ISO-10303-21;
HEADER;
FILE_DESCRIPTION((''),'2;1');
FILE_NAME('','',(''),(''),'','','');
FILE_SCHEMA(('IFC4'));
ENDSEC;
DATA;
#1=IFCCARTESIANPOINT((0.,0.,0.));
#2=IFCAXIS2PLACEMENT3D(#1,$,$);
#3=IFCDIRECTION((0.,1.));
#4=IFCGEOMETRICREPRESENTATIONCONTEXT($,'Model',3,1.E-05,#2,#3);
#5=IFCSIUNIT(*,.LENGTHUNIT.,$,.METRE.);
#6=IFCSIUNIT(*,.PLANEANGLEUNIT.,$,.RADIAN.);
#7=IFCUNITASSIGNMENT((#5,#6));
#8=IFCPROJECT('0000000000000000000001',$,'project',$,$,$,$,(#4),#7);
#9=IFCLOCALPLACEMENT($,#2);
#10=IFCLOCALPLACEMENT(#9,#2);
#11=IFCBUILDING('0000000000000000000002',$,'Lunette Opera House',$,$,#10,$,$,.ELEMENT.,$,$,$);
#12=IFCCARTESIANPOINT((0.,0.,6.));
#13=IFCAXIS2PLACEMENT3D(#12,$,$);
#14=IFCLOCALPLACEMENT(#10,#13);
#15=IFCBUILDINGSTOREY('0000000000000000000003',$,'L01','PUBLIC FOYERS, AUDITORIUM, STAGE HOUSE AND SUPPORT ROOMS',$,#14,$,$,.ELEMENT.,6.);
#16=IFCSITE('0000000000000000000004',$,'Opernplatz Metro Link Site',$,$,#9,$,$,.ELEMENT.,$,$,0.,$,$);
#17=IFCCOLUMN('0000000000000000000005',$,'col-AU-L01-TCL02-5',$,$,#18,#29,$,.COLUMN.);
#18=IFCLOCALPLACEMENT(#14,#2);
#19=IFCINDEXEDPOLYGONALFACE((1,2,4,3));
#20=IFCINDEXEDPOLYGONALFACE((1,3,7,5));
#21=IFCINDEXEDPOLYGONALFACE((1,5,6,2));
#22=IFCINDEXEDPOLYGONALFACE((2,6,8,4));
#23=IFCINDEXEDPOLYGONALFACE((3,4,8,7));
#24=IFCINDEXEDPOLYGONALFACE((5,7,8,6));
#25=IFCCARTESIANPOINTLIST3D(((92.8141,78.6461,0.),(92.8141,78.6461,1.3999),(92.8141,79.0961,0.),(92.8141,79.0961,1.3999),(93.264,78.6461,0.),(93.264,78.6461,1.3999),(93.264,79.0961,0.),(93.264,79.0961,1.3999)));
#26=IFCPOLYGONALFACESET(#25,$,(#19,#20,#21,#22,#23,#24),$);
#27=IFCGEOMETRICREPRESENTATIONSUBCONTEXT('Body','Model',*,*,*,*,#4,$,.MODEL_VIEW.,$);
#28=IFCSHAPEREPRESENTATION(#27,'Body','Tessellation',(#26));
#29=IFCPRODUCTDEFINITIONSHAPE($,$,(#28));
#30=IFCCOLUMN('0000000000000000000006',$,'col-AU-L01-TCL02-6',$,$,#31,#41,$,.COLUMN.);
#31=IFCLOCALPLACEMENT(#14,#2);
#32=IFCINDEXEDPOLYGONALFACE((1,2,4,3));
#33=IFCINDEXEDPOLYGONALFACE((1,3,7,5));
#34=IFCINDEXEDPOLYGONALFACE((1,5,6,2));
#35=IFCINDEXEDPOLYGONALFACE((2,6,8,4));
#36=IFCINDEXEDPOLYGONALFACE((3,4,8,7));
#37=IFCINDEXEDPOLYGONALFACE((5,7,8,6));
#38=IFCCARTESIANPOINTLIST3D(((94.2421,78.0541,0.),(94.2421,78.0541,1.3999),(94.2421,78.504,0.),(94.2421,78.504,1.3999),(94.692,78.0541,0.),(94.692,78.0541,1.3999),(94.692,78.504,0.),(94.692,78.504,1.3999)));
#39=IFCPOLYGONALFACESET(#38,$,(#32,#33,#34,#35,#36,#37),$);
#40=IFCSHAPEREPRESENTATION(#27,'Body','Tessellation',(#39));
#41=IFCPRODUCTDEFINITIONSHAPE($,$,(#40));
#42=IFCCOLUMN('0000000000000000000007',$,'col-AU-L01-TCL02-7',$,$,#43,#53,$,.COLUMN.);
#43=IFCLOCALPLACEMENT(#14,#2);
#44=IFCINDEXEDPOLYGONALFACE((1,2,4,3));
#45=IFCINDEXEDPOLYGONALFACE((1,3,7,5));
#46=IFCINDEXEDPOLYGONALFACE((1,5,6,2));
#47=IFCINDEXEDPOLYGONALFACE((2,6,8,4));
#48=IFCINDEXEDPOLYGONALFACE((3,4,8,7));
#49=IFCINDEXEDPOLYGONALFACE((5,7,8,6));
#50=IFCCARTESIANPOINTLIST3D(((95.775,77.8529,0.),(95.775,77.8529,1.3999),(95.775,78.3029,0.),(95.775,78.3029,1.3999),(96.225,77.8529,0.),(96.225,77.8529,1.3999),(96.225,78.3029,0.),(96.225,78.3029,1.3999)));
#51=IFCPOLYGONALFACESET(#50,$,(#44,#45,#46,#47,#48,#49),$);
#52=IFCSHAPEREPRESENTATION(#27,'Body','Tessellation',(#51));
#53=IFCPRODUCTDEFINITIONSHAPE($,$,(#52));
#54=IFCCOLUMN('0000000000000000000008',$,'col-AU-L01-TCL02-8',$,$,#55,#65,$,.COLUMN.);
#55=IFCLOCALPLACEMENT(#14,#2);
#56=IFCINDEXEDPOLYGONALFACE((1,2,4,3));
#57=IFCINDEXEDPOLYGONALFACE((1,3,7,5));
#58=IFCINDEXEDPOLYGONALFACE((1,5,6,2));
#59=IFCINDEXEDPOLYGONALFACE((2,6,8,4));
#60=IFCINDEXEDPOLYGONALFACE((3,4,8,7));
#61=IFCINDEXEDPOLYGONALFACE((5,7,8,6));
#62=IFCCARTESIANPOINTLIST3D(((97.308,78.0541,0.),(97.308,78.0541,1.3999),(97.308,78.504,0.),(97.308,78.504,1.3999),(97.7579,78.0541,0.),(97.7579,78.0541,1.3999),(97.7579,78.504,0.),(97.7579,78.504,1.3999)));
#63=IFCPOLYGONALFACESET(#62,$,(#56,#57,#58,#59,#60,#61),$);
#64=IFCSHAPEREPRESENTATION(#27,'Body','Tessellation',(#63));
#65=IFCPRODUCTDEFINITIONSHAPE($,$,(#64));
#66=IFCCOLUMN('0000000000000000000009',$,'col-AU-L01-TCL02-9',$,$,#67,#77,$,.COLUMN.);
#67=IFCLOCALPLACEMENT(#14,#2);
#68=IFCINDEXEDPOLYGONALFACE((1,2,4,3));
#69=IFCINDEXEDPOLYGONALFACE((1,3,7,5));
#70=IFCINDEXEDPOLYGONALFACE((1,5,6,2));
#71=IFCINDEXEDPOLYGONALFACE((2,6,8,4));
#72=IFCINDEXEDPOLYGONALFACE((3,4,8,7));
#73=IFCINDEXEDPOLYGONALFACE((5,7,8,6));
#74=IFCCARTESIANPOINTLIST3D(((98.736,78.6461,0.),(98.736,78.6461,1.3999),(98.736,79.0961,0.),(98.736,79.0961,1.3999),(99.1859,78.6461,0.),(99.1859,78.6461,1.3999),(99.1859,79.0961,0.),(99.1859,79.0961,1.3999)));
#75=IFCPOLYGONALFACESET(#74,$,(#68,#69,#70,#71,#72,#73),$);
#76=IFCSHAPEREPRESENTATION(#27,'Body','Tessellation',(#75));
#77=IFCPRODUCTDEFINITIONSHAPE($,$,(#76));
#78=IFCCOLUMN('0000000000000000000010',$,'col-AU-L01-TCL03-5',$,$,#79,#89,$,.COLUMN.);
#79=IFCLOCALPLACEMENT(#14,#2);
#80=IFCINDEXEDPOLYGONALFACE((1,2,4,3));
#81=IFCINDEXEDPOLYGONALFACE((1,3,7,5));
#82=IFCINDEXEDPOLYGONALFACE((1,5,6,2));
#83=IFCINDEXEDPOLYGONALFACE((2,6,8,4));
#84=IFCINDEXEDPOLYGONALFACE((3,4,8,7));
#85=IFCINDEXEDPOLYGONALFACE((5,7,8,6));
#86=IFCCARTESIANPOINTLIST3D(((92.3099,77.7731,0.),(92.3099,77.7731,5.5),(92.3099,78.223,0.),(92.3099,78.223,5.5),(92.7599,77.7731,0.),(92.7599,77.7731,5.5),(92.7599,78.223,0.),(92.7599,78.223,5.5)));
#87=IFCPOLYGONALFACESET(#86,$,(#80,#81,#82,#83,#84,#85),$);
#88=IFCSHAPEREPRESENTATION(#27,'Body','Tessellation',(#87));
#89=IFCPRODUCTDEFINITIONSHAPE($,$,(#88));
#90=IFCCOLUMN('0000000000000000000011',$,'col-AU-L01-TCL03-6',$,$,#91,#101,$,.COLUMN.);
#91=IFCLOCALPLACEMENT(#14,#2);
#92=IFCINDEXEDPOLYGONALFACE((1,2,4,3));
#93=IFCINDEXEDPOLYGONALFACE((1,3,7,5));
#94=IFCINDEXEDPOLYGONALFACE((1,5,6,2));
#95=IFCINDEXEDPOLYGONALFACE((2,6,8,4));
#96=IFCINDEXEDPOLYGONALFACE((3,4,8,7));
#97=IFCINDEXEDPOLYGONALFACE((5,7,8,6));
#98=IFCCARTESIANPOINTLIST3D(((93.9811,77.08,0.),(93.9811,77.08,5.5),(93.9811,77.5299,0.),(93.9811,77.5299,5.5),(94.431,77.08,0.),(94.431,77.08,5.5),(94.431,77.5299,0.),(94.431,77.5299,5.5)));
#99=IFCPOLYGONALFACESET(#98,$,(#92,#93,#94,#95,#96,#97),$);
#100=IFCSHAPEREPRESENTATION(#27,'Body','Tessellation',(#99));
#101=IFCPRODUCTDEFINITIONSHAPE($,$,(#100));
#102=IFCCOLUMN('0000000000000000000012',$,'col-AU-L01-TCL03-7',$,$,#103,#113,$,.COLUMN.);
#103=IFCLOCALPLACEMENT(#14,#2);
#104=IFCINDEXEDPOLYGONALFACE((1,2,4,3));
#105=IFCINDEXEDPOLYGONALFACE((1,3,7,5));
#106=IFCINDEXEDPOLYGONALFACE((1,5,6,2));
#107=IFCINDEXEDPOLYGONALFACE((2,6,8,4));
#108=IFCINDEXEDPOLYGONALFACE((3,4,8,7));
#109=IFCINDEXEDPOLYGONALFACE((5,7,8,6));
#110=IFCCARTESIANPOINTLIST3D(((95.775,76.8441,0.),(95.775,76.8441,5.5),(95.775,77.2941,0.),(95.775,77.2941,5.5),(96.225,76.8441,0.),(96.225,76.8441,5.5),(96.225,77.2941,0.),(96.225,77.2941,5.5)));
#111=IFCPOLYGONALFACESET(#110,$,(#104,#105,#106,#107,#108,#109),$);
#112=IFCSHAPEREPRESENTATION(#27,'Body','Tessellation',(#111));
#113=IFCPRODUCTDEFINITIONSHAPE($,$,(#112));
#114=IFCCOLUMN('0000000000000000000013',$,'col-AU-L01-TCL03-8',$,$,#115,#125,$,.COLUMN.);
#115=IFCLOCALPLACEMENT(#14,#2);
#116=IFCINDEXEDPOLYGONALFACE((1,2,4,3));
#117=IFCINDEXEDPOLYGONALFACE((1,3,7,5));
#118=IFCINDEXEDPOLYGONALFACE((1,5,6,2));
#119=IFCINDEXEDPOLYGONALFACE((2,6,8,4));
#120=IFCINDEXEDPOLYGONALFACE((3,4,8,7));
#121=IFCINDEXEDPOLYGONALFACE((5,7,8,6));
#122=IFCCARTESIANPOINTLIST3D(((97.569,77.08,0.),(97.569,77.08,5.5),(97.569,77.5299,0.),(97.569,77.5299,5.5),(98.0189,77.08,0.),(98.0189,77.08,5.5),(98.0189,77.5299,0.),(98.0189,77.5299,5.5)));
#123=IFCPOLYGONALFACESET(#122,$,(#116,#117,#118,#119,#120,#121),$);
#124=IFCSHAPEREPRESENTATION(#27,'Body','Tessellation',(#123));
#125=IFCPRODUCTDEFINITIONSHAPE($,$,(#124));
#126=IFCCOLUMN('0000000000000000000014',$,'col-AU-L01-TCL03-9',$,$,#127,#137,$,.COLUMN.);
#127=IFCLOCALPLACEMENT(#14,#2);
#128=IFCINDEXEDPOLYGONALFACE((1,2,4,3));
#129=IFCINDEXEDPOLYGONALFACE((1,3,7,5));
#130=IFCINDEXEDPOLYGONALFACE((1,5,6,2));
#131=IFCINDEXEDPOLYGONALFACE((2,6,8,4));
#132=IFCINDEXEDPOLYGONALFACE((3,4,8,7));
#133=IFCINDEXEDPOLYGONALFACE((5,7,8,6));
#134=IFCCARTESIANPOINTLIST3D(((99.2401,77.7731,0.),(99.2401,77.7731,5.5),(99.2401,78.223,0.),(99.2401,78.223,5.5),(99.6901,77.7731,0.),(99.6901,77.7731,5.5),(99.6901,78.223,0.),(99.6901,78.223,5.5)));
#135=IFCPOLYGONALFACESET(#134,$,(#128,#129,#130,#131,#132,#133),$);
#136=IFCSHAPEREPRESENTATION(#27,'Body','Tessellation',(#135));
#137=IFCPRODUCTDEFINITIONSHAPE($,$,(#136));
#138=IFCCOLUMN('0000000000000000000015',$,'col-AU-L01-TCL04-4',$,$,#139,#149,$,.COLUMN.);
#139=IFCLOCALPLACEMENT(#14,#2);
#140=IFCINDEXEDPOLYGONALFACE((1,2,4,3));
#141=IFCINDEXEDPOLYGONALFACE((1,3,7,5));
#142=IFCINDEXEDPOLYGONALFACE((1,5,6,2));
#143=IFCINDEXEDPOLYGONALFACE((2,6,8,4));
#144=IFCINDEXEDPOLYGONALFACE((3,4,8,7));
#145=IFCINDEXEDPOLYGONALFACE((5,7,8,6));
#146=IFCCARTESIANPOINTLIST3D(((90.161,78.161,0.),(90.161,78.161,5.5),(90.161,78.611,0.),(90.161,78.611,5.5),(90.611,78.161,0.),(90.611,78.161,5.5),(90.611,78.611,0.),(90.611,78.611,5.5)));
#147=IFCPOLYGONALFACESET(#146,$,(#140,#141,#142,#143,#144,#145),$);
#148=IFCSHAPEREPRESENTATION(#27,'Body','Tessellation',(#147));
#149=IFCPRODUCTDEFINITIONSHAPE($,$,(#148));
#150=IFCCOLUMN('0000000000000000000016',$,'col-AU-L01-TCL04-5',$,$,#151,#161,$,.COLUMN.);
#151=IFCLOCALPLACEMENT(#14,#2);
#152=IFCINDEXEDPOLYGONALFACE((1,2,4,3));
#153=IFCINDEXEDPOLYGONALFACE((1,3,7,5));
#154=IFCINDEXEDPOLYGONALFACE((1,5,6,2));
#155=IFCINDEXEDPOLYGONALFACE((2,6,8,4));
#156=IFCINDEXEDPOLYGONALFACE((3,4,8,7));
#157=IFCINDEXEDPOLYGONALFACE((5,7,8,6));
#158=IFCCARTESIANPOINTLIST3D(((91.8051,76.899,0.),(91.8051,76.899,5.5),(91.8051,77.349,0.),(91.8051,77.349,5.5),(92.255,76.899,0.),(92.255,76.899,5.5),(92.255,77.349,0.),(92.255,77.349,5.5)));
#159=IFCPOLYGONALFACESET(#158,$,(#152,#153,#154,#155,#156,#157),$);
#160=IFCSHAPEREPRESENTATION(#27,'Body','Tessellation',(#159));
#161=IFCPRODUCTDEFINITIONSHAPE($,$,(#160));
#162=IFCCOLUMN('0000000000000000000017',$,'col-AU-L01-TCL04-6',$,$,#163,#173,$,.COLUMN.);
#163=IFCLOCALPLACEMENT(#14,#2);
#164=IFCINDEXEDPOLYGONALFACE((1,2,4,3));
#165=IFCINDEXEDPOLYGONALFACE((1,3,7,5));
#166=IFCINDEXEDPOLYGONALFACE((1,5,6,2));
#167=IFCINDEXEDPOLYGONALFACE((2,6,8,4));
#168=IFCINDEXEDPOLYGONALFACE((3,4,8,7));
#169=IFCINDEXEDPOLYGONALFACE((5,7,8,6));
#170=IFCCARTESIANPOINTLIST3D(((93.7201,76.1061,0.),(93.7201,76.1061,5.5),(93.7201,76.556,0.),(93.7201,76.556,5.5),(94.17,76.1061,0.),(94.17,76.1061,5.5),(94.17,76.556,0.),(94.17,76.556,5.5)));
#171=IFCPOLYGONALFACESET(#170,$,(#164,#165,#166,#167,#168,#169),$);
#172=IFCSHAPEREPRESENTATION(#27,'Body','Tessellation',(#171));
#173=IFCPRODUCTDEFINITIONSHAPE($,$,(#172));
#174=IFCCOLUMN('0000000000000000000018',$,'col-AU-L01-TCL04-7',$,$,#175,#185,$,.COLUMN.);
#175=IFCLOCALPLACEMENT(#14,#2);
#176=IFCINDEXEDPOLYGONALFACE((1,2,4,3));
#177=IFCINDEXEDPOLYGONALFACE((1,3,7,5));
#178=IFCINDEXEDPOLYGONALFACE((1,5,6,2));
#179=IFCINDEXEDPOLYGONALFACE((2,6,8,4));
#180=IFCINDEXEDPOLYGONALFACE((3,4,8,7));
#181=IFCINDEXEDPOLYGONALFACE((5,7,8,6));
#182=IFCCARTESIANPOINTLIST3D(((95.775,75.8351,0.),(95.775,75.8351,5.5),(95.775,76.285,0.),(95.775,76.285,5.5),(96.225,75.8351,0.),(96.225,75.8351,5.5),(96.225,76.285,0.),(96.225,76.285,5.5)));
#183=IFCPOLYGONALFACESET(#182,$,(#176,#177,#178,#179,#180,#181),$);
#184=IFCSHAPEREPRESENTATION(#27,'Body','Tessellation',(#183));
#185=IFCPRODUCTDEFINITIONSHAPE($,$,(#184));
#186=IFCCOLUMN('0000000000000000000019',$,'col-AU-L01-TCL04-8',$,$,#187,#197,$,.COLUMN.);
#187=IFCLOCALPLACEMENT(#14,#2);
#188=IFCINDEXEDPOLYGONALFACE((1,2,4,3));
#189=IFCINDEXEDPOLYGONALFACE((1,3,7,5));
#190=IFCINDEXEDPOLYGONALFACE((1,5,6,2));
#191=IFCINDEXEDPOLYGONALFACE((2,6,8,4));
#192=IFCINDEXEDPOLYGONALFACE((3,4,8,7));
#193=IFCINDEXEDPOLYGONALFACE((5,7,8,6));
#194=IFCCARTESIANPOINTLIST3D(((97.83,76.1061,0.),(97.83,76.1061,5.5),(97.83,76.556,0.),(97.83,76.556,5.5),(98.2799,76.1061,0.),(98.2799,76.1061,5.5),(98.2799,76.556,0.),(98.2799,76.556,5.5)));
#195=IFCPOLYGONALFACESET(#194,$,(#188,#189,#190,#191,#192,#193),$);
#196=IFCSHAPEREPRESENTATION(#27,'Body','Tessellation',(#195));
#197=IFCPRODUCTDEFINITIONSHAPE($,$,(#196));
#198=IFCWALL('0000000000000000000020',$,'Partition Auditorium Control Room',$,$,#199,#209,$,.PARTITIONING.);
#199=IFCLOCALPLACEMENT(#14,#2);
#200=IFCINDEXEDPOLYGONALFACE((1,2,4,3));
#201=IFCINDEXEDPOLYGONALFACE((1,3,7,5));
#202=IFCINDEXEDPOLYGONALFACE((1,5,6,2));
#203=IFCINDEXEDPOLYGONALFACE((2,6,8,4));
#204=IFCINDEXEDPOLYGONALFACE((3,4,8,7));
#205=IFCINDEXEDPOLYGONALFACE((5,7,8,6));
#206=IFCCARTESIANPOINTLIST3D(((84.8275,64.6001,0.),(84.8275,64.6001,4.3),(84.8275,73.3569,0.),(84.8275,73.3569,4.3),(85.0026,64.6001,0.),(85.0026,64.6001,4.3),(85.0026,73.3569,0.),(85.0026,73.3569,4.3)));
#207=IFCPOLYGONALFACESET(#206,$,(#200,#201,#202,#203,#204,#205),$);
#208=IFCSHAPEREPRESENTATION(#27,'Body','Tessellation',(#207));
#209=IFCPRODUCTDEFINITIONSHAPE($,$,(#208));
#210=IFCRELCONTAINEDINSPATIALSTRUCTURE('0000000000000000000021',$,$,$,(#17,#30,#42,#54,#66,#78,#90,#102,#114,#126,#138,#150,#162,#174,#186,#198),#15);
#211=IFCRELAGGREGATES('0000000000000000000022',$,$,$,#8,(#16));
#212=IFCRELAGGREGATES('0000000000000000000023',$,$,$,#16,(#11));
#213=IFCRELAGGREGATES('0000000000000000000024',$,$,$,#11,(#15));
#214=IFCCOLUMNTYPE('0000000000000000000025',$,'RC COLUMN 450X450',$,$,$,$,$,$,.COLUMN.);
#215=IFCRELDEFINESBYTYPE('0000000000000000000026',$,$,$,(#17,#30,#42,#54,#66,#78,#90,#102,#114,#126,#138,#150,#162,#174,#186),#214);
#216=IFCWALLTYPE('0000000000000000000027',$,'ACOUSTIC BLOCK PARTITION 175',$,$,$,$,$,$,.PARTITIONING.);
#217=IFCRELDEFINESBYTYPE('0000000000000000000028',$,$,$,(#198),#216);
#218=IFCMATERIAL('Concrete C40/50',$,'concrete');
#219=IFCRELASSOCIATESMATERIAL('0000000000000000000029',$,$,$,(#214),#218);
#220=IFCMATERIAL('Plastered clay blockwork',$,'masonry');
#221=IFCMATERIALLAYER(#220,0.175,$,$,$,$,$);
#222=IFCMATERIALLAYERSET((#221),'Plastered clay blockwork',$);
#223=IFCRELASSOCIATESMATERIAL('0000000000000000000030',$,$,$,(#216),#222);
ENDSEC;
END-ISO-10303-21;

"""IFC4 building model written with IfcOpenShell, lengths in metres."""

from ifc_helpers import new_model, si_unit, direction, frame, frame_2d, origin, origin_2d, place, context, subcontext, project, spatial, rectangle, extrude, material, layer, layer_set, material_profile, profile_set, type_object, element, save


model = new_model("IFC4")

# Units and contexts
model_context = context("Model", 3, precision=1e-05, world=origin(), true_north=direction((0.0, 1.0)))
body_context = subcontext(model_context, "Body", "Model", "MODEL_VIEW")
ifc_project = project(units=[si_unit("LENGTHUNIT", "METRE"), si_unit("PLANEANGLEUNIT", "RADIAN")], contexts=[model_context])

# Site, building, storey
site_placement = place(None, origin())
site = spatial("IfcSite", under=ifc_project, at=site_placement, Name="Opernplatz Metro Link Site", CompositionType="ELEMENT", RefElevation=0.0)
building_placement = place(site_placement, origin())
building = spatial("IfcBuilding", under=site, at=building_placement, Name="Lunette Opera House", CompositionType="ELEMENT")
storey_placement = place(building_placement, frame((0.0, 0.0, 6.0)))
storey = spatial("IfcBuildingStorey", under=building, at=storey_placement, Name="L01", Description="PUBLIC FOYERS, AUDITORIUM, STAGE HOUSE AND SUPPORT ROOMS", CompositionType="ELEMENT", Elevation=6.0)

# Columns
ifc_material_1 = material(Name="Concrete C40/50", Category="concrete")
ifc_material_profile = material_profile(ifc_material_1, rectangle(XDim=0.45, YDim=0.45, at=origin_2d()), Name="RC COLUMN 450X450")
ifc_profile_set = profile_set([ifc_material_profile], Name="Concrete C40/50")
column_type = type_object("IfcColumnType", Name="RC COLUMN 450X450", PredefinedType="COLUMN", material=ifc_profile_set)
for number, where, z_axis, x_axis, name in (
    (1, (93.0391, 78.8711, 0.0), (0.0, 0.0, 1.0), (1.0, 0.0, 0.0), "col-AU-L01-TCL02-5"),
    (2, (94.467, 78.2791, 0.0), (0.0, 0.0, 1.0), (1.0, 0.0, 0.0), "col-AU-L01-TCL02-6"),
    (3, (96.0, 78.0779, 0.0), (0.0, 0.0, 1.0), (1.0, 0.0, 0.0), "col-AU-L01-TCL02-7"),
    (4, (97.533, 78.2791, 0.0), (0.0, 0.0, 1.0), (1.0, 0.0, 0.0), "col-AU-L01-TCL02-8"),
    (5, (98.9609, 78.8711, 0.0), (0.0, 0.0, 1.0), (1.0, 0.0, 0.0), "col-AU-L01-TCL02-9"),
):
    element("IfcColumn", number, at=place(storey_placement, frame(where, z_axis=z_axis, x_axis=x_axis)), inside=storey, type_object=column_type, Name=name, PredefinedType="COLUMN", context=body_context, shape_type="SweptSolid", body=[
        extrude(rectangle(XDim=0.45, YDim=0.45, at=origin_2d()), origin(), (0.0, 0.0, 1.0), 1.3999),
    ])
for number, where, z_axis, x_axis, name in (
    (6, (92.5349, 77.998, 0.0), (0.0, 0.0, 1.0), (1.0, 0.0, 0.0), "col-AU-L01-TCL03-5"),
    (7, (94.2061, 77.3049, 0.0), (0.0, 0.0, 1.0), (1.0, 0.0, 0.0), "col-AU-L01-TCL03-6"),
    (8, (96.0, 77.0691, 0.0), (0.0, 0.0, 1.0), (1.0, 0.0, 0.0), "col-AU-L01-TCL03-7"),
    (9, (97.7939, 77.3049, 0.0), (0.0, 0.0, 1.0), (1.0, 0.0, 0.0), "col-AU-L01-TCL03-8"),
    (10, (99.4651, 77.998, 0.0), (0.0, 0.0, 1.0), (1.0, 0.0, 0.0), "col-AU-L01-TCL03-9"),
    (11, (90.386, 78.386, 0.0), (0.0, 0.0, 1.0), (1.0, 0.0, 0.0), "col-AU-L01-TCL04-4"),
    (12, (92.03, 77.124, 0.0), (0.0, 0.0, 1.0), (1.0, 0.0, 0.0), "col-AU-L01-TCL04-5"),
    (13, (93.9451, 76.3311, 0.0), (0.0, 0.0, 1.0), (1.0, 0.0, 0.0), "col-AU-L01-TCL04-6"),
    (14, (96.0, 76.0601, 0.0), (0.0, 0.0, 1.0), (1.0, 0.0, 0.0), "col-AU-L01-TCL04-7"),
    (15, (98.0549, 76.3311, 0.0), (0.0, 0.0, 1.0), (1.0, 0.0, 0.0), "col-AU-L01-TCL04-8"),
):
    element("IfcColumn", number, at=place(storey_placement, frame(where, z_axis=z_axis, x_axis=x_axis)), inside=storey, type_object=column_type, Name=name, PredefinedType="COLUMN", context=body_context, shape_type="SweptSolid", body=[
        extrude(rectangle(XDim=0.45, YDim=0.45, at=origin_2d()), origin(), (0.0, 0.0, 1.0), 5.5),
    ])

# Wall
ifc_material_2 = material(Name="Plastered clay blockwork", Category="masonry")
ifc_layer_1 = layer(ifc_material_2, 0.175)
ifc_layer_set_1 = layer_set([ifc_layer_1], Name="Plastered clay blockwork")
wall_type_1 = type_object("IfcWallType", Name="ACOUSTIC BLOCK PARTITION 175", PredefinedType="PARTITIONING", material=ifc_layer_set_1)
wall_1_placement = place(storey_placement, frame((84.915, 64.6001, 0.0), z_axis=(0.0, 0.0, 1.0), x_axis=(0.0, 1.0, 0.0)))
element("IfcWall", 16, at=wall_1_placement, inside=storey, type_object=wall_type_1, Name="Partition Auditorium Control Room", PredefinedType="PARTITIONING", context=body_context, shape_type="SweptSolid", body=[
    extrude(rectangle(XDim=8.7568, YDim=0.175, at=frame_2d((4.3784, 0.0))), origin(), (0.0, 0.0, 1.0), 4.3),
])

save(model, "model.ifc")
